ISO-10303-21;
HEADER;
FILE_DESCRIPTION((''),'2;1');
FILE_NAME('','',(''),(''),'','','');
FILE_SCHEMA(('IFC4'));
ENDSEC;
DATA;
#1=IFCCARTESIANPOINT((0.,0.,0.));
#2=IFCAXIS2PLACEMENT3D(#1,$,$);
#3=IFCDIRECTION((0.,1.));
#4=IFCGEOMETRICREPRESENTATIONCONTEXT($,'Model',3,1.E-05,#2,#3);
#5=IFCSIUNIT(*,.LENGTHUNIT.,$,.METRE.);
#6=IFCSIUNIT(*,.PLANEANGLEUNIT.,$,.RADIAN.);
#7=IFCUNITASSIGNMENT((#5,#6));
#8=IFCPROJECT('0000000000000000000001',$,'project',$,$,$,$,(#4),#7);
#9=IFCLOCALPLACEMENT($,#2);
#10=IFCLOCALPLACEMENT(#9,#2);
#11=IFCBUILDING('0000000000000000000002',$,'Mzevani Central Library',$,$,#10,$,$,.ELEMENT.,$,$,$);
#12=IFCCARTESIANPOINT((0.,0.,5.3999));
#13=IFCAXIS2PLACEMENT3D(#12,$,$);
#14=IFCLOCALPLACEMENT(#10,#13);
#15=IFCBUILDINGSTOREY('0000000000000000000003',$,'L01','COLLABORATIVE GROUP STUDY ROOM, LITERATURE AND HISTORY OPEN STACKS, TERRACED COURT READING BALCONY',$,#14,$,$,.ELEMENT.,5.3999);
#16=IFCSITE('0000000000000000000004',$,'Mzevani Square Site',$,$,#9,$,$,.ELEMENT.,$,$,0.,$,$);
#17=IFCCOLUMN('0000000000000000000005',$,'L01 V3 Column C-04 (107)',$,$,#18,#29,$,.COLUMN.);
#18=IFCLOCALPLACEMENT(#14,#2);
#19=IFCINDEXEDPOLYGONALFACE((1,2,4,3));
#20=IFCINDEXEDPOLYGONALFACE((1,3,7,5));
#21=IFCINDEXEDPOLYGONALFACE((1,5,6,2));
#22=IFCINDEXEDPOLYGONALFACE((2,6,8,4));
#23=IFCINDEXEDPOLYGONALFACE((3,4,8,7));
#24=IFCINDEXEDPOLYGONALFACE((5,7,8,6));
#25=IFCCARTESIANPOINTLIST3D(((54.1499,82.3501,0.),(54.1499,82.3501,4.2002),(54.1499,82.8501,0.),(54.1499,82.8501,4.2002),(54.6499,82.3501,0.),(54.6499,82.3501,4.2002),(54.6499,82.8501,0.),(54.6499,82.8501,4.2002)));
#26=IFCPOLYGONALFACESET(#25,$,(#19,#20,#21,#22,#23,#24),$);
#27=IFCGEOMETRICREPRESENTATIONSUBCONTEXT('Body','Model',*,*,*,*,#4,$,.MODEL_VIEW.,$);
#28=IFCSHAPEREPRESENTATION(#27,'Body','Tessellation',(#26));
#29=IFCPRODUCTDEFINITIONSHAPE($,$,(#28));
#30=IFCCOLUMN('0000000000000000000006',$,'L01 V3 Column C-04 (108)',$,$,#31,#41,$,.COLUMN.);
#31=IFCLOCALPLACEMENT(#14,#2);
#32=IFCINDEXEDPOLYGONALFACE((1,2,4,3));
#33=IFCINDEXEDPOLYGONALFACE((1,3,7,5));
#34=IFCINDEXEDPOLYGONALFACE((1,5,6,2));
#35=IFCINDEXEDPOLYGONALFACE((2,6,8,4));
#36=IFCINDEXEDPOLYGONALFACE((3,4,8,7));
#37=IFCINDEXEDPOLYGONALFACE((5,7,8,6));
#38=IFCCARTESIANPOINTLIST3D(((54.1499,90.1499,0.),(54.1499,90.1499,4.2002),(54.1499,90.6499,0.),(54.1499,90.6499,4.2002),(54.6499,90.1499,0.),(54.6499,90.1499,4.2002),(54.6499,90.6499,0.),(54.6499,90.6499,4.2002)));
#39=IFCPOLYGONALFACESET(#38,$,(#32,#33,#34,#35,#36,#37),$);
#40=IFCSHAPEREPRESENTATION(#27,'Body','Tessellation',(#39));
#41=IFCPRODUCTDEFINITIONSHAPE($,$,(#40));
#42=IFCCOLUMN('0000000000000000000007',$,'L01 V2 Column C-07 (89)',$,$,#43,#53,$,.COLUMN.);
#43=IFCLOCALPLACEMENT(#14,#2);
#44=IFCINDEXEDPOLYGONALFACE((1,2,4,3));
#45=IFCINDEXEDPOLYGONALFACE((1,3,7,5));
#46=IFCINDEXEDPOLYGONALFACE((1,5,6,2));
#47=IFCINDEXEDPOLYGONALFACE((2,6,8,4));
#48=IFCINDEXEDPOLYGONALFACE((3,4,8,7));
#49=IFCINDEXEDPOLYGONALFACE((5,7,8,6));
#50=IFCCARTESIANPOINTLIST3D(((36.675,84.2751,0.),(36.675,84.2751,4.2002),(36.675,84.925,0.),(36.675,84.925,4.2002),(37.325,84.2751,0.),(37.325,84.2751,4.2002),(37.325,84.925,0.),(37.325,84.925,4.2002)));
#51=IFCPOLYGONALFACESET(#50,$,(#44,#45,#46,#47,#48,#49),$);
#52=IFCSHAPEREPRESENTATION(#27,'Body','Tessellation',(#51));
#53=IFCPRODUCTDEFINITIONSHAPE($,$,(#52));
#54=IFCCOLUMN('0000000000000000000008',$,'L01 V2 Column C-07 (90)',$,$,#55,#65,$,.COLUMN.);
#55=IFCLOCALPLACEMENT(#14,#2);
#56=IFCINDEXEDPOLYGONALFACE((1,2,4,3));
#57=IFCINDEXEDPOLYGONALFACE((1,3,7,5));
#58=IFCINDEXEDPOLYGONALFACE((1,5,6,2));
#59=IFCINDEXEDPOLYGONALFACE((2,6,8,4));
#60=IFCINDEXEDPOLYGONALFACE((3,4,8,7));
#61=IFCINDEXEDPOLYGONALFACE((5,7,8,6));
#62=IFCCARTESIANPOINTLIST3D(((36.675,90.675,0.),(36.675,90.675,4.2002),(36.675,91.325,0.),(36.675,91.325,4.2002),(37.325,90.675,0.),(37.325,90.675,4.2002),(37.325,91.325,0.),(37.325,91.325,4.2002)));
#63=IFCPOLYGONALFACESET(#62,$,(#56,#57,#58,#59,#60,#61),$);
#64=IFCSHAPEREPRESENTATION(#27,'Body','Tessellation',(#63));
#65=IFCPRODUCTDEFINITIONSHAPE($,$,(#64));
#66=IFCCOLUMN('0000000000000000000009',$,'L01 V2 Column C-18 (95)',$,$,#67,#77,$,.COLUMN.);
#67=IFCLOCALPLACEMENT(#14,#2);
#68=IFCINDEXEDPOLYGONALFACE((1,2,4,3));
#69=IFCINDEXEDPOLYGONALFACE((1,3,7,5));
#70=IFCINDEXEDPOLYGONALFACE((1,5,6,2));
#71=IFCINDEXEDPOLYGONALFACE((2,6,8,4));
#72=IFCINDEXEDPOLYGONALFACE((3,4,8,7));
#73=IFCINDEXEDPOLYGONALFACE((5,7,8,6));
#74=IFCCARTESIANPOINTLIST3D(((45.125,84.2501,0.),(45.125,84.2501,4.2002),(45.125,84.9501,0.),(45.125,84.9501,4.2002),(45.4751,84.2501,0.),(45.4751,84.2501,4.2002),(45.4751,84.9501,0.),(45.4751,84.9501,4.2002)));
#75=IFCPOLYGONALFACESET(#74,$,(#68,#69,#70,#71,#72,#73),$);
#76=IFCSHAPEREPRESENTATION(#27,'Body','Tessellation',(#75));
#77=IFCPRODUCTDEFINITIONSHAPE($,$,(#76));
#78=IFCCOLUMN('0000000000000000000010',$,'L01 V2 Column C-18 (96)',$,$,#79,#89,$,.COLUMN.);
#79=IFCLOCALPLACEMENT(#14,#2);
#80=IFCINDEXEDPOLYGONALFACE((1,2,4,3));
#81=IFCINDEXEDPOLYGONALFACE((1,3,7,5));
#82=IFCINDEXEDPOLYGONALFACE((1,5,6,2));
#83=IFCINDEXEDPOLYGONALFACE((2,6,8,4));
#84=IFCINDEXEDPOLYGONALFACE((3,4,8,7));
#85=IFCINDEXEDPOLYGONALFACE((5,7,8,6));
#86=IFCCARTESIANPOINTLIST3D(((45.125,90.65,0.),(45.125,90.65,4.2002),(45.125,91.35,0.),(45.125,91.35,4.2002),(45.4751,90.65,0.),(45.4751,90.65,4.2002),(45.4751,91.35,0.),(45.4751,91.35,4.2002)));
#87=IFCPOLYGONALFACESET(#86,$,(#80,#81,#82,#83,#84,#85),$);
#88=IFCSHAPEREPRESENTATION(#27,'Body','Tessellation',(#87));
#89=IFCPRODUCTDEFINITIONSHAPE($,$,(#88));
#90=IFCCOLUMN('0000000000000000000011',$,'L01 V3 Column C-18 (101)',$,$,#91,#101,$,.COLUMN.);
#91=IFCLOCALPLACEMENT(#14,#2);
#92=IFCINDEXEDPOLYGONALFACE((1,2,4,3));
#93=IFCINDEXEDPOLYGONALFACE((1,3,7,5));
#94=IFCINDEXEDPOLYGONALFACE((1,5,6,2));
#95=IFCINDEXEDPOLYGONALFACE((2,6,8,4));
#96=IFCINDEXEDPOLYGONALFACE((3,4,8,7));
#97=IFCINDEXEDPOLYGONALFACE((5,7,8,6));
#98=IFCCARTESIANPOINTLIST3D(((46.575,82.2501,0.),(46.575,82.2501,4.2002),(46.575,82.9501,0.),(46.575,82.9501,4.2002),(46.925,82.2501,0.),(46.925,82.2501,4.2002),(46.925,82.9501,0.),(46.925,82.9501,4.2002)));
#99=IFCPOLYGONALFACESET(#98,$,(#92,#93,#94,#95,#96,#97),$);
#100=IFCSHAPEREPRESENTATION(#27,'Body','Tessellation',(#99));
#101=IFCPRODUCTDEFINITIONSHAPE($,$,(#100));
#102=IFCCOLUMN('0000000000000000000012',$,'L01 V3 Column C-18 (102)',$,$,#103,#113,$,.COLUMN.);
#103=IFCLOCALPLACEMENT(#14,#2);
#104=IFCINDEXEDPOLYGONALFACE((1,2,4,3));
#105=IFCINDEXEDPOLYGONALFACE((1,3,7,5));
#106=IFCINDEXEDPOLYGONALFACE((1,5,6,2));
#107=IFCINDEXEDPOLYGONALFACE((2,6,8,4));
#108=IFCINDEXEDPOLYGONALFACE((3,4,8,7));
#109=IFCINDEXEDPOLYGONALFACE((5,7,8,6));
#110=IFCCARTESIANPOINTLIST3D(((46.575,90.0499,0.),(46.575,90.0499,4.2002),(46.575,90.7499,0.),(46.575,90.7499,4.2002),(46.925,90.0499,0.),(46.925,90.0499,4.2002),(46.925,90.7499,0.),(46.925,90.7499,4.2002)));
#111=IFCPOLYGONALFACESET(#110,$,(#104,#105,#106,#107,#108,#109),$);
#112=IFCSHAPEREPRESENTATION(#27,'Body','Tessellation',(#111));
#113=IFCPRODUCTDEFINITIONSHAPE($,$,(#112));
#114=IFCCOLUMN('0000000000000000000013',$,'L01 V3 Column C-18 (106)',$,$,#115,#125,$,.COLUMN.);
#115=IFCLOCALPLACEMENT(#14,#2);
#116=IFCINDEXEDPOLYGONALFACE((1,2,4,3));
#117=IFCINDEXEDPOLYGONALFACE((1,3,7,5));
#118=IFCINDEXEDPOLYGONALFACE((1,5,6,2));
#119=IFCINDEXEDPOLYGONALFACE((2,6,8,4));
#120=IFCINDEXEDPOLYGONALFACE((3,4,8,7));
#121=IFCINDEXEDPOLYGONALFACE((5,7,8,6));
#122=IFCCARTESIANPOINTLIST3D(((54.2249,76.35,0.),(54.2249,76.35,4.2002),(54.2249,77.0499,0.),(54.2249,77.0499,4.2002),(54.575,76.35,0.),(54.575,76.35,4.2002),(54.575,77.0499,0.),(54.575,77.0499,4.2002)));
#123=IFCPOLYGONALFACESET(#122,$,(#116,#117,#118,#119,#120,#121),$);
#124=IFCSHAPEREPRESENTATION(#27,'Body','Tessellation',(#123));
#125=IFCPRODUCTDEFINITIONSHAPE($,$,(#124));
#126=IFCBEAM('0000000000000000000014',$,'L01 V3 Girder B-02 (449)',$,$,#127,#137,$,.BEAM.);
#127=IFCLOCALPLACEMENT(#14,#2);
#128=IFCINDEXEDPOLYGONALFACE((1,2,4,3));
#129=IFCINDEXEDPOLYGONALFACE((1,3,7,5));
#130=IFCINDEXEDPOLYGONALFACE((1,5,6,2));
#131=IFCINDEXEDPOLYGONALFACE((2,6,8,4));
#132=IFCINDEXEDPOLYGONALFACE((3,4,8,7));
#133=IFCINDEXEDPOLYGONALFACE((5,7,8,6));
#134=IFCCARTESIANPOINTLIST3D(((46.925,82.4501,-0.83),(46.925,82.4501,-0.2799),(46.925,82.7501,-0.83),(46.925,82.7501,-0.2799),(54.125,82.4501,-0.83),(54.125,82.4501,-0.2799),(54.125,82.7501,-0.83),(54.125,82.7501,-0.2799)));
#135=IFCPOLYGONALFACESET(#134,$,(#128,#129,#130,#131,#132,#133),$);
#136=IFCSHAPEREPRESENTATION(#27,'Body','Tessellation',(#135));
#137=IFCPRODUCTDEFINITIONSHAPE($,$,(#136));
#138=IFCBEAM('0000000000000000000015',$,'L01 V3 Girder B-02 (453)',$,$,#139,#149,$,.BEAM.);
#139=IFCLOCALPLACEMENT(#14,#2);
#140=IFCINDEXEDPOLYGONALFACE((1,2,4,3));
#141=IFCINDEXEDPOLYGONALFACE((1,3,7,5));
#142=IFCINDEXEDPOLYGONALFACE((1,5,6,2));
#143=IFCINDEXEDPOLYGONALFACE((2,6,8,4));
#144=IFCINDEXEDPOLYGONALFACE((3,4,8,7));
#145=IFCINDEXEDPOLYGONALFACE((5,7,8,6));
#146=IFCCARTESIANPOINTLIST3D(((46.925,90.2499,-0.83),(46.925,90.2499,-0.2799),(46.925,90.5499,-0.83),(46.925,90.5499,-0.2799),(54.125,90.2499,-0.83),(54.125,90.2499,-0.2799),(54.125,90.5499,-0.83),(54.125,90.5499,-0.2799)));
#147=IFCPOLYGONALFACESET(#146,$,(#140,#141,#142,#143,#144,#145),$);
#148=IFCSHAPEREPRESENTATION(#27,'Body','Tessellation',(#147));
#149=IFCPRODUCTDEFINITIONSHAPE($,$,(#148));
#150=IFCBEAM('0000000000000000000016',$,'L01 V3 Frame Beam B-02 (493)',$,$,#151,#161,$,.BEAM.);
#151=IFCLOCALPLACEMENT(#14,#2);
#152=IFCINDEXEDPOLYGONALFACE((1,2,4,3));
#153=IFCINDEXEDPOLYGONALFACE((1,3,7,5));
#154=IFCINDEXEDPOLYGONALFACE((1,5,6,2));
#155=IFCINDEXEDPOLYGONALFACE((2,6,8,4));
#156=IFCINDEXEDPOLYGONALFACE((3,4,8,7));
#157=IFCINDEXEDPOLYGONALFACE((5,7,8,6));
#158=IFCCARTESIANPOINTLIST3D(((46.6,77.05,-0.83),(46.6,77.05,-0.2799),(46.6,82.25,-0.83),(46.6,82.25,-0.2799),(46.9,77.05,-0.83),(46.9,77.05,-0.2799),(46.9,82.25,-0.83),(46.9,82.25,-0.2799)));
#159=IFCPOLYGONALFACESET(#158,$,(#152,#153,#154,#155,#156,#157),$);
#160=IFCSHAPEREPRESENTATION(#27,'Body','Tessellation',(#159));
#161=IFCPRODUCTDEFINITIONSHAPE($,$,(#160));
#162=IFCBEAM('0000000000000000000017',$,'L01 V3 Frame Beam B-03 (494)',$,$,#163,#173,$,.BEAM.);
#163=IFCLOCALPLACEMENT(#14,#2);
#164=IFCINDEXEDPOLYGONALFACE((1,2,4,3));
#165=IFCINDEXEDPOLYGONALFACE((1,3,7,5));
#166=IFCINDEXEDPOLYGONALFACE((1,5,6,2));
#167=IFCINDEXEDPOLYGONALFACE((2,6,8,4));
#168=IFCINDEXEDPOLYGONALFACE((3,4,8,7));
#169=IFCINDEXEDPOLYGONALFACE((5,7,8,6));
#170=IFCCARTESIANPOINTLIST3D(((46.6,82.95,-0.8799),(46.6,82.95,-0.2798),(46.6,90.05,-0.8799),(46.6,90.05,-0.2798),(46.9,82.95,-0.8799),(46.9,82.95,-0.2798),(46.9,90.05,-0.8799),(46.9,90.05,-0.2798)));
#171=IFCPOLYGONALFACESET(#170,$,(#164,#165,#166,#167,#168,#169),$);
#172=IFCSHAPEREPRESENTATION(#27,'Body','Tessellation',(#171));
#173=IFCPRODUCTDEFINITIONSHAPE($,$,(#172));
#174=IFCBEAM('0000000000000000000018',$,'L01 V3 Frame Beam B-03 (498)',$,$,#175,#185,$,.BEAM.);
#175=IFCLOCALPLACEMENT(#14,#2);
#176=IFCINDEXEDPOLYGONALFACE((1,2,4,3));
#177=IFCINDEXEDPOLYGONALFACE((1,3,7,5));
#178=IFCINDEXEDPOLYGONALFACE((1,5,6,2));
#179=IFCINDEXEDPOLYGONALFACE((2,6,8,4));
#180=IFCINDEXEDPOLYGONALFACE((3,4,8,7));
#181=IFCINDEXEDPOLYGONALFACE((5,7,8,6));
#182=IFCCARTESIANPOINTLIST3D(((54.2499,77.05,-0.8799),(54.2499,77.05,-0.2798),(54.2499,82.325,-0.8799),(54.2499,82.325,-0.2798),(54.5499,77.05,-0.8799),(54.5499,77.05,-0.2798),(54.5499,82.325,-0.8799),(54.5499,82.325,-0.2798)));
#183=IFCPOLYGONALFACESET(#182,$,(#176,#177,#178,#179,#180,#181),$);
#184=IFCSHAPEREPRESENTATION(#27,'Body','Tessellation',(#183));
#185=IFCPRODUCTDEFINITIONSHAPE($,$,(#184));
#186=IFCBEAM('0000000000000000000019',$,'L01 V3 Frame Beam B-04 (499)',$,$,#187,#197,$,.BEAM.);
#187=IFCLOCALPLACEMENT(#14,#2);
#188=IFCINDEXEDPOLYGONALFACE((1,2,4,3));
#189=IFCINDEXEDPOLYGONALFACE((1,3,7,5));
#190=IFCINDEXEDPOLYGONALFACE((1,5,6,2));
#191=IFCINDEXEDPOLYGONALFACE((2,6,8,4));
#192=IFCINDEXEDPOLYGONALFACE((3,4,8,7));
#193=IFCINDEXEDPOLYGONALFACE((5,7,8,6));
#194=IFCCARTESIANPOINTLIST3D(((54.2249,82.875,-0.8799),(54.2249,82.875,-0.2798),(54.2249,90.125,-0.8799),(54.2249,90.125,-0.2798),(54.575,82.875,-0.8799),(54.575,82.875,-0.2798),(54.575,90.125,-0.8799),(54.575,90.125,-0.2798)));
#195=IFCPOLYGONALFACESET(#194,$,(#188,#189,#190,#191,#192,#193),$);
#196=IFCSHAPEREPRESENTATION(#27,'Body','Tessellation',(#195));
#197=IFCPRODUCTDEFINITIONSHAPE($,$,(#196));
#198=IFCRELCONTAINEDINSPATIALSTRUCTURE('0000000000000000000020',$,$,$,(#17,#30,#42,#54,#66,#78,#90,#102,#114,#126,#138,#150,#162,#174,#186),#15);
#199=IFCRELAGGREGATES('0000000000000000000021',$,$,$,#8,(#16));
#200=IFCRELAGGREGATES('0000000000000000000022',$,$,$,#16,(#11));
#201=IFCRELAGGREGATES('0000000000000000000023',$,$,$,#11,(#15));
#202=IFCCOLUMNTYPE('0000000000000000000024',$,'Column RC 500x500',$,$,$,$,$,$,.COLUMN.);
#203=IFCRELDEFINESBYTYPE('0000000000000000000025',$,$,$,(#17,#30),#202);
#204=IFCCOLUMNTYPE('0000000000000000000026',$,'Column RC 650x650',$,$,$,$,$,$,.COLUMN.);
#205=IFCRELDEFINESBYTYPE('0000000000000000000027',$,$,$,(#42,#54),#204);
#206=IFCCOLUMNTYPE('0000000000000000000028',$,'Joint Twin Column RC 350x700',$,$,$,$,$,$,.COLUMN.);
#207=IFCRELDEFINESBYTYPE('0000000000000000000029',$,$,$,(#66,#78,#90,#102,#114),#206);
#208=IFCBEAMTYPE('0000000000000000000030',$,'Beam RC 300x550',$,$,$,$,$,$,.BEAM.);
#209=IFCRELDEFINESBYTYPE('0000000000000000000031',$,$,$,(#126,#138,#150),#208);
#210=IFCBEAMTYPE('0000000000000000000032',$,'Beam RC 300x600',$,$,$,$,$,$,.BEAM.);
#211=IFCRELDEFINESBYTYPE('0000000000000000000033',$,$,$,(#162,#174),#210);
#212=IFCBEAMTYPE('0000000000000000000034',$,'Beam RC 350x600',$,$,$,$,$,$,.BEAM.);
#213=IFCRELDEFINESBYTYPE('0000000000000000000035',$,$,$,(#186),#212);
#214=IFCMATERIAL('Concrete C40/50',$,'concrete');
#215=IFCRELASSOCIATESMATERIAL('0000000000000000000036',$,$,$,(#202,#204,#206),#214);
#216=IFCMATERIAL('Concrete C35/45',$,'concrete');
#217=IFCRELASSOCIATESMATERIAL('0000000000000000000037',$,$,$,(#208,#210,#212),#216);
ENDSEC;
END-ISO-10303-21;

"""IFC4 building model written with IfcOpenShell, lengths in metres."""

from ifc_helpers import new_model, si_unit, direction, frame, origin, origin_2d, place, context, subcontext, project, spatial, rectangle, extrude, material, material_profile, profile_set, type_object, element, save


model = new_model("IFC4")

# Units and contexts
model_context = context("Model", 3, precision=1e-05, world=origin(), true_north=direction((0.0, 1.0)))
body_context = subcontext(model_context, "Body", "Model", "MODEL_VIEW")
ifc_project = project(units=[si_unit("LENGTHUNIT", "METRE"), si_unit("PLANEANGLEUNIT", "RADIAN")], contexts=[model_context])

# Site, building, storey
site_placement = place(None, origin())
site = spatial("IfcSite", under=ifc_project, at=site_placement, Name="Mzevani Square Site", CompositionType="ELEMENT", RefElevation=0.0)
building_placement = place(site_placement, origin())
building = spatial("IfcBuilding", under=site, at=building_placement, Name="Mzevani Central Library", CompositionType="ELEMENT")
storey_placement = place(building_placement, frame((0.0, 0.0, 5.3999)))
storey = spatial("IfcBuildingStorey", under=building, at=storey_placement, Name="L01", Description="COLLABORATIVE GROUP STUDY ROOM, LITERATURE AND HISTORY OPEN STACKS, TERRACED COURT READING BALCONY", CompositionType="ELEMENT", Elevation=5.3999)

# Columns
ifc_material_1 = material(Name="Concrete C40/50", Category="concrete")
ifc_material_profile_1 = material_profile(ifc_material_1, rectangle(XDim=0.5, YDim=0.5, at=origin_2d()), Name="RC 500x500")
ifc_profile_set_1 = profile_set([ifc_material_profile_1], Name="Concrete C40/50")
column_type_1 = type_object("IfcColumnType", Name="Column RC 500x500", PredefinedType="COLUMN", material=ifc_profile_set_1)
for number, where, z_axis, x_axis, name in (
    (1, (54.3999, 82.6001, 0.0), (0.0, 0.0, 1.0), (1.0, 0.0, 0.0), "L01 V3 Column C-04 (107)"),
    (2, (54.3999, 90.3999, 0.0), (0.0, 0.0, 1.0), (1.0, 0.0, 0.0), "L01 V3 Column C-04 (108)"),
):
    element("IfcColumn", number, at=place(storey_placement, frame(where, z_axis=z_axis, x_axis=x_axis)), inside=storey, type_object=column_type_1, Name=name, PredefinedType="COLUMN", context=body_context, shape_type="SweptSolid", body=[
        extrude(rectangle(XDim=0.5, YDim=0.5, at=origin_2d()), origin(), (0.0, 0.0, 1.0), 4.2002),
    ])
ifc_material_profile_2 = material_profile(ifc_material_1, rectangle(XDim=0.6499, YDim=0.6499, at=origin_2d()), Name="RC 650x650")
ifc_profile_set_2 = profile_set([ifc_material_profile_2], Name="Concrete C40/50")
column_type_2 = type_object("IfcColumnType", Name="Column RC 650x650", PredefinedType="COLUMN", material=ifc_profile_set_2)
for number, where, z_axis, x_axis, name in (
    (3, (37.0, 84.6001, 0.0), (0.0, 0.0, 1.0), (1.0, 0.0, 0.0), "L01 V2 Column C-07 (89)"),
    (4, (37.0, 91.0, 0.0), (0.0, 0.0, 1.0), (1.0, 0.0, 0.0), "L01 V2 Column C-07 (90)"),
):
    element("IfcColumn", number, at=place(storey_placement, frame(where, z_axis=z_axis, x_axis=x_axis)), inside=storey, type_object=column_type_2, Name=name, PredefinedType="COLUMN", context=body_context, shape_type="SweptSolid", body=[
        extrude(rectangle(XDim=0.6499, YDim=0.6499, at=origin_2d()), origin(), (0.0, 0.0, 1.0), 4.2002),
    ])
ifc_material_profile_3 = material_profile(ifc_material_1, rectangle(XDim=0.3501, YDim=0.7, at=origin_2d()), Name="RC 350x700")
ifc_profile_set_3 = profile_set([ifc_material_profile_3], Name="Concrete C40/50")
column_type_3 = type_object("IfcColumnType", Name="Joint Twin Column RC 350x700", PredefinedType="COLUMN", material=ifc_profile_set_3)
for number, where, z_axis, x_axis, name in (
    (5, (45.3, 84.6001, 0.0), (0.0, 0.0, 1.0), (1.0, 0.0, 0.0), "L01 V2 Column C-18 (95)"),
    (6, (45.3, 91.0, 0.0), (0.0, 0.0, 1.0), (1.0, 0.0, 0.0), "L01 V2 Column C-18 (96)"),
    (7, (46.75, 82.6001, 0.0), (0.0, 0.0, 1.0), (1.0, 0.0, 0.0), "L01 V3 Column C-18 (101)"),
    (8, (46.75, 90.3999, 0.0), (0.0, 0.0, 1.0), (1.0, 0.0, 0.0), "L01 V3 Column C-18 (102)"),
    (9, (54.3999, 76.7, 0.0), (0.0, 0.0, 1.0), (1.0, 0.0, 0.0), "L01 V3 Column C-18 (106)"),
):
    element("IfcColumn", number, at=place(storey_placement, frame(where, z_axis=z_axis, x_axis=x_axis)), inside=storey, type_object=column_type_3, Name=name, PredefinedType="COLUMN", context=body_context, shape_type="SweptSolid", body=[
        extrude(rectangle(XDim=0.3501, YDim=0.7, at=origin_2d()), origin(), (0.0, 0.0, 1.0), 4.2002),
    ])

# Beams
ifc_material_2 = material(Name="Concrete C35/45", Category="concrete")
ifc_material_profile_4 = material_profile(ifc_material_2, rectangle(XDim=0.3, YDim=0.55, at=origin_2d()), Name="RC B300x550")
ifc_profile_set_4 = profile_set([ifc_material_profile_4], Name="Concrete C35/45")
beam_type_1 = type_object("IfcBeamType", Name="Beam RC 300x550", PredefinedType="BEAM", material=ifc_profile_set_4)
for number, where, z_axis, x_axis, name in (
    (10, (46.925, 82.6001, -0.5549), (1.0, 0.0, 0.0), (0.0, 1.0, 0.0), "L01 V3 Girder B-02 (449)"),
    (11, (46.925, 90.3999, -0.5549), (1.0, 0.0, 0.0), (0.0, 1.0, 0.0), "L01 V3 Girder B-02 (453)"),
):
    element("IfcBeam", number, at=place(storey_placement, frame(where, z_axis=z_axis, x_axis=x_axis)), inside=storey, type_object=beam_type_1, Name=name, PredefinedType="BEAM", context=body_context, shape_type="SweptSolid", body=[
        extrude(rectangle(XDim=0.3, YDim=0.55, at=origin_2d()), origin(), (0.0, 0.0, 1.0), 7.2),
    ])
beam_1_placement = place(storey_placement, frame((46.75, 77.05, -0.5549), z_axis=(0.0, 1.0, 0.0), x_axis=(-1.0, 0.0, 0.0)))
element("IfcBeam", 12, at=beam_1_placement, inside=storey, type_object=beam_type_1, Name="L01 V3 Frame Beam B-02 (493)", PredefinedType="BEAM", context=body_context, shape_type="SweptSolid", body=[
    extrude(rectangle(XDim=0.3, YDim=0.55, at=origin_2d()), origin(), (0.0, 0.0, 1.0), 5.2),
])
ifc_material_profile_5 = material_profile(ifc_material_2, rectangle(XDim=0.3, YDim=0.6001, at=origin_2d()), Name="RC B300x600")
ifc_profile_set_5 = profile_set([ifc_material_profile_5], Name="Concrete C35/45")
beam_type_2 = type_object("IfcBeamType", Name="Beam RC 300x600", PredefinedType="BEAM", material=ifc_profile_set_5)
beam_2_placement = place(storey_placement, frame((46.75, 82.95, -0.5798), z_axis=(0.0, 1.0, 0.0), x_axis=(-1.0, 0.0, 0.0)))
element("IfcBeam", 13, at=beam_2_placement, inside=storey, type_object=beam_type_2, Name="L01 V3 Frame Beam B-03 (494)", PredefinedType="BEAM", context=body_context, shape_type="SweptSolid", body=[
    extrude(rectangle(XDim=0.3, YDim=0.6001, at=origin_2d()), origin(), (0.0, 0.0, 1.0), 7.1001),
])
beam_3_placement = place(storey_placement, frame((54.3999, 77.05, -0.5798), z_axis=(0.0, 1.0, 0.0), x_axis=(-1.0, 0.0, 0.0)))
element("IfcBeam", 14, at=beam_3_placement, inside=storey, type_object=beam_type_2, Name="L01 V3 Frame Beam B-03 (498)", PredefinedType="BEAM", context=body_context, shape_type="SweptSolid", body=[
    extrude(rectangle(XDim=0.3, YDim=0.6001, at=origin_2d()), origin(), (0.0, 0.0, 1.0), 5.2749),
])
ifc_material_profile_6 = material_profile(ifc_material_2, rectangle(XDim=0.3501, YDim=0.6001, at=origin_2d()), Name="RC B350x600")
ifc_profile_set_6 = profile_set([ifc_material_profile_6], Name="Concrete C35/45")
beam_type_3 = type_object("IfcBeamType", Name="Beam RC 350x600", PredefinedType="BEAM", material=ifc_profile_set_6)
beam_4_placement = place(storey_placement, frame((54.3999, 82.875, -0.5798), z_axis=(0.0, 1.0, 0.0), x_axis=(-1.0, 0.0, 0.0)))
element("IfcBeam", 15, at=beam_4_placement, inside=storey, type_object=beam_type_3, Name="L01 V3 Frame Beam B-04 (499)", PredefinedType="BEAM", context=body_context, shape_type="SweptSolid", body=[
    extrude(rectangle(XDim=0.3501, YDim=0.6001, at=origin_2d()), origin(), (0.0, 0.0, 1.0), 7.25),
])

save(model, "model.ifc")
